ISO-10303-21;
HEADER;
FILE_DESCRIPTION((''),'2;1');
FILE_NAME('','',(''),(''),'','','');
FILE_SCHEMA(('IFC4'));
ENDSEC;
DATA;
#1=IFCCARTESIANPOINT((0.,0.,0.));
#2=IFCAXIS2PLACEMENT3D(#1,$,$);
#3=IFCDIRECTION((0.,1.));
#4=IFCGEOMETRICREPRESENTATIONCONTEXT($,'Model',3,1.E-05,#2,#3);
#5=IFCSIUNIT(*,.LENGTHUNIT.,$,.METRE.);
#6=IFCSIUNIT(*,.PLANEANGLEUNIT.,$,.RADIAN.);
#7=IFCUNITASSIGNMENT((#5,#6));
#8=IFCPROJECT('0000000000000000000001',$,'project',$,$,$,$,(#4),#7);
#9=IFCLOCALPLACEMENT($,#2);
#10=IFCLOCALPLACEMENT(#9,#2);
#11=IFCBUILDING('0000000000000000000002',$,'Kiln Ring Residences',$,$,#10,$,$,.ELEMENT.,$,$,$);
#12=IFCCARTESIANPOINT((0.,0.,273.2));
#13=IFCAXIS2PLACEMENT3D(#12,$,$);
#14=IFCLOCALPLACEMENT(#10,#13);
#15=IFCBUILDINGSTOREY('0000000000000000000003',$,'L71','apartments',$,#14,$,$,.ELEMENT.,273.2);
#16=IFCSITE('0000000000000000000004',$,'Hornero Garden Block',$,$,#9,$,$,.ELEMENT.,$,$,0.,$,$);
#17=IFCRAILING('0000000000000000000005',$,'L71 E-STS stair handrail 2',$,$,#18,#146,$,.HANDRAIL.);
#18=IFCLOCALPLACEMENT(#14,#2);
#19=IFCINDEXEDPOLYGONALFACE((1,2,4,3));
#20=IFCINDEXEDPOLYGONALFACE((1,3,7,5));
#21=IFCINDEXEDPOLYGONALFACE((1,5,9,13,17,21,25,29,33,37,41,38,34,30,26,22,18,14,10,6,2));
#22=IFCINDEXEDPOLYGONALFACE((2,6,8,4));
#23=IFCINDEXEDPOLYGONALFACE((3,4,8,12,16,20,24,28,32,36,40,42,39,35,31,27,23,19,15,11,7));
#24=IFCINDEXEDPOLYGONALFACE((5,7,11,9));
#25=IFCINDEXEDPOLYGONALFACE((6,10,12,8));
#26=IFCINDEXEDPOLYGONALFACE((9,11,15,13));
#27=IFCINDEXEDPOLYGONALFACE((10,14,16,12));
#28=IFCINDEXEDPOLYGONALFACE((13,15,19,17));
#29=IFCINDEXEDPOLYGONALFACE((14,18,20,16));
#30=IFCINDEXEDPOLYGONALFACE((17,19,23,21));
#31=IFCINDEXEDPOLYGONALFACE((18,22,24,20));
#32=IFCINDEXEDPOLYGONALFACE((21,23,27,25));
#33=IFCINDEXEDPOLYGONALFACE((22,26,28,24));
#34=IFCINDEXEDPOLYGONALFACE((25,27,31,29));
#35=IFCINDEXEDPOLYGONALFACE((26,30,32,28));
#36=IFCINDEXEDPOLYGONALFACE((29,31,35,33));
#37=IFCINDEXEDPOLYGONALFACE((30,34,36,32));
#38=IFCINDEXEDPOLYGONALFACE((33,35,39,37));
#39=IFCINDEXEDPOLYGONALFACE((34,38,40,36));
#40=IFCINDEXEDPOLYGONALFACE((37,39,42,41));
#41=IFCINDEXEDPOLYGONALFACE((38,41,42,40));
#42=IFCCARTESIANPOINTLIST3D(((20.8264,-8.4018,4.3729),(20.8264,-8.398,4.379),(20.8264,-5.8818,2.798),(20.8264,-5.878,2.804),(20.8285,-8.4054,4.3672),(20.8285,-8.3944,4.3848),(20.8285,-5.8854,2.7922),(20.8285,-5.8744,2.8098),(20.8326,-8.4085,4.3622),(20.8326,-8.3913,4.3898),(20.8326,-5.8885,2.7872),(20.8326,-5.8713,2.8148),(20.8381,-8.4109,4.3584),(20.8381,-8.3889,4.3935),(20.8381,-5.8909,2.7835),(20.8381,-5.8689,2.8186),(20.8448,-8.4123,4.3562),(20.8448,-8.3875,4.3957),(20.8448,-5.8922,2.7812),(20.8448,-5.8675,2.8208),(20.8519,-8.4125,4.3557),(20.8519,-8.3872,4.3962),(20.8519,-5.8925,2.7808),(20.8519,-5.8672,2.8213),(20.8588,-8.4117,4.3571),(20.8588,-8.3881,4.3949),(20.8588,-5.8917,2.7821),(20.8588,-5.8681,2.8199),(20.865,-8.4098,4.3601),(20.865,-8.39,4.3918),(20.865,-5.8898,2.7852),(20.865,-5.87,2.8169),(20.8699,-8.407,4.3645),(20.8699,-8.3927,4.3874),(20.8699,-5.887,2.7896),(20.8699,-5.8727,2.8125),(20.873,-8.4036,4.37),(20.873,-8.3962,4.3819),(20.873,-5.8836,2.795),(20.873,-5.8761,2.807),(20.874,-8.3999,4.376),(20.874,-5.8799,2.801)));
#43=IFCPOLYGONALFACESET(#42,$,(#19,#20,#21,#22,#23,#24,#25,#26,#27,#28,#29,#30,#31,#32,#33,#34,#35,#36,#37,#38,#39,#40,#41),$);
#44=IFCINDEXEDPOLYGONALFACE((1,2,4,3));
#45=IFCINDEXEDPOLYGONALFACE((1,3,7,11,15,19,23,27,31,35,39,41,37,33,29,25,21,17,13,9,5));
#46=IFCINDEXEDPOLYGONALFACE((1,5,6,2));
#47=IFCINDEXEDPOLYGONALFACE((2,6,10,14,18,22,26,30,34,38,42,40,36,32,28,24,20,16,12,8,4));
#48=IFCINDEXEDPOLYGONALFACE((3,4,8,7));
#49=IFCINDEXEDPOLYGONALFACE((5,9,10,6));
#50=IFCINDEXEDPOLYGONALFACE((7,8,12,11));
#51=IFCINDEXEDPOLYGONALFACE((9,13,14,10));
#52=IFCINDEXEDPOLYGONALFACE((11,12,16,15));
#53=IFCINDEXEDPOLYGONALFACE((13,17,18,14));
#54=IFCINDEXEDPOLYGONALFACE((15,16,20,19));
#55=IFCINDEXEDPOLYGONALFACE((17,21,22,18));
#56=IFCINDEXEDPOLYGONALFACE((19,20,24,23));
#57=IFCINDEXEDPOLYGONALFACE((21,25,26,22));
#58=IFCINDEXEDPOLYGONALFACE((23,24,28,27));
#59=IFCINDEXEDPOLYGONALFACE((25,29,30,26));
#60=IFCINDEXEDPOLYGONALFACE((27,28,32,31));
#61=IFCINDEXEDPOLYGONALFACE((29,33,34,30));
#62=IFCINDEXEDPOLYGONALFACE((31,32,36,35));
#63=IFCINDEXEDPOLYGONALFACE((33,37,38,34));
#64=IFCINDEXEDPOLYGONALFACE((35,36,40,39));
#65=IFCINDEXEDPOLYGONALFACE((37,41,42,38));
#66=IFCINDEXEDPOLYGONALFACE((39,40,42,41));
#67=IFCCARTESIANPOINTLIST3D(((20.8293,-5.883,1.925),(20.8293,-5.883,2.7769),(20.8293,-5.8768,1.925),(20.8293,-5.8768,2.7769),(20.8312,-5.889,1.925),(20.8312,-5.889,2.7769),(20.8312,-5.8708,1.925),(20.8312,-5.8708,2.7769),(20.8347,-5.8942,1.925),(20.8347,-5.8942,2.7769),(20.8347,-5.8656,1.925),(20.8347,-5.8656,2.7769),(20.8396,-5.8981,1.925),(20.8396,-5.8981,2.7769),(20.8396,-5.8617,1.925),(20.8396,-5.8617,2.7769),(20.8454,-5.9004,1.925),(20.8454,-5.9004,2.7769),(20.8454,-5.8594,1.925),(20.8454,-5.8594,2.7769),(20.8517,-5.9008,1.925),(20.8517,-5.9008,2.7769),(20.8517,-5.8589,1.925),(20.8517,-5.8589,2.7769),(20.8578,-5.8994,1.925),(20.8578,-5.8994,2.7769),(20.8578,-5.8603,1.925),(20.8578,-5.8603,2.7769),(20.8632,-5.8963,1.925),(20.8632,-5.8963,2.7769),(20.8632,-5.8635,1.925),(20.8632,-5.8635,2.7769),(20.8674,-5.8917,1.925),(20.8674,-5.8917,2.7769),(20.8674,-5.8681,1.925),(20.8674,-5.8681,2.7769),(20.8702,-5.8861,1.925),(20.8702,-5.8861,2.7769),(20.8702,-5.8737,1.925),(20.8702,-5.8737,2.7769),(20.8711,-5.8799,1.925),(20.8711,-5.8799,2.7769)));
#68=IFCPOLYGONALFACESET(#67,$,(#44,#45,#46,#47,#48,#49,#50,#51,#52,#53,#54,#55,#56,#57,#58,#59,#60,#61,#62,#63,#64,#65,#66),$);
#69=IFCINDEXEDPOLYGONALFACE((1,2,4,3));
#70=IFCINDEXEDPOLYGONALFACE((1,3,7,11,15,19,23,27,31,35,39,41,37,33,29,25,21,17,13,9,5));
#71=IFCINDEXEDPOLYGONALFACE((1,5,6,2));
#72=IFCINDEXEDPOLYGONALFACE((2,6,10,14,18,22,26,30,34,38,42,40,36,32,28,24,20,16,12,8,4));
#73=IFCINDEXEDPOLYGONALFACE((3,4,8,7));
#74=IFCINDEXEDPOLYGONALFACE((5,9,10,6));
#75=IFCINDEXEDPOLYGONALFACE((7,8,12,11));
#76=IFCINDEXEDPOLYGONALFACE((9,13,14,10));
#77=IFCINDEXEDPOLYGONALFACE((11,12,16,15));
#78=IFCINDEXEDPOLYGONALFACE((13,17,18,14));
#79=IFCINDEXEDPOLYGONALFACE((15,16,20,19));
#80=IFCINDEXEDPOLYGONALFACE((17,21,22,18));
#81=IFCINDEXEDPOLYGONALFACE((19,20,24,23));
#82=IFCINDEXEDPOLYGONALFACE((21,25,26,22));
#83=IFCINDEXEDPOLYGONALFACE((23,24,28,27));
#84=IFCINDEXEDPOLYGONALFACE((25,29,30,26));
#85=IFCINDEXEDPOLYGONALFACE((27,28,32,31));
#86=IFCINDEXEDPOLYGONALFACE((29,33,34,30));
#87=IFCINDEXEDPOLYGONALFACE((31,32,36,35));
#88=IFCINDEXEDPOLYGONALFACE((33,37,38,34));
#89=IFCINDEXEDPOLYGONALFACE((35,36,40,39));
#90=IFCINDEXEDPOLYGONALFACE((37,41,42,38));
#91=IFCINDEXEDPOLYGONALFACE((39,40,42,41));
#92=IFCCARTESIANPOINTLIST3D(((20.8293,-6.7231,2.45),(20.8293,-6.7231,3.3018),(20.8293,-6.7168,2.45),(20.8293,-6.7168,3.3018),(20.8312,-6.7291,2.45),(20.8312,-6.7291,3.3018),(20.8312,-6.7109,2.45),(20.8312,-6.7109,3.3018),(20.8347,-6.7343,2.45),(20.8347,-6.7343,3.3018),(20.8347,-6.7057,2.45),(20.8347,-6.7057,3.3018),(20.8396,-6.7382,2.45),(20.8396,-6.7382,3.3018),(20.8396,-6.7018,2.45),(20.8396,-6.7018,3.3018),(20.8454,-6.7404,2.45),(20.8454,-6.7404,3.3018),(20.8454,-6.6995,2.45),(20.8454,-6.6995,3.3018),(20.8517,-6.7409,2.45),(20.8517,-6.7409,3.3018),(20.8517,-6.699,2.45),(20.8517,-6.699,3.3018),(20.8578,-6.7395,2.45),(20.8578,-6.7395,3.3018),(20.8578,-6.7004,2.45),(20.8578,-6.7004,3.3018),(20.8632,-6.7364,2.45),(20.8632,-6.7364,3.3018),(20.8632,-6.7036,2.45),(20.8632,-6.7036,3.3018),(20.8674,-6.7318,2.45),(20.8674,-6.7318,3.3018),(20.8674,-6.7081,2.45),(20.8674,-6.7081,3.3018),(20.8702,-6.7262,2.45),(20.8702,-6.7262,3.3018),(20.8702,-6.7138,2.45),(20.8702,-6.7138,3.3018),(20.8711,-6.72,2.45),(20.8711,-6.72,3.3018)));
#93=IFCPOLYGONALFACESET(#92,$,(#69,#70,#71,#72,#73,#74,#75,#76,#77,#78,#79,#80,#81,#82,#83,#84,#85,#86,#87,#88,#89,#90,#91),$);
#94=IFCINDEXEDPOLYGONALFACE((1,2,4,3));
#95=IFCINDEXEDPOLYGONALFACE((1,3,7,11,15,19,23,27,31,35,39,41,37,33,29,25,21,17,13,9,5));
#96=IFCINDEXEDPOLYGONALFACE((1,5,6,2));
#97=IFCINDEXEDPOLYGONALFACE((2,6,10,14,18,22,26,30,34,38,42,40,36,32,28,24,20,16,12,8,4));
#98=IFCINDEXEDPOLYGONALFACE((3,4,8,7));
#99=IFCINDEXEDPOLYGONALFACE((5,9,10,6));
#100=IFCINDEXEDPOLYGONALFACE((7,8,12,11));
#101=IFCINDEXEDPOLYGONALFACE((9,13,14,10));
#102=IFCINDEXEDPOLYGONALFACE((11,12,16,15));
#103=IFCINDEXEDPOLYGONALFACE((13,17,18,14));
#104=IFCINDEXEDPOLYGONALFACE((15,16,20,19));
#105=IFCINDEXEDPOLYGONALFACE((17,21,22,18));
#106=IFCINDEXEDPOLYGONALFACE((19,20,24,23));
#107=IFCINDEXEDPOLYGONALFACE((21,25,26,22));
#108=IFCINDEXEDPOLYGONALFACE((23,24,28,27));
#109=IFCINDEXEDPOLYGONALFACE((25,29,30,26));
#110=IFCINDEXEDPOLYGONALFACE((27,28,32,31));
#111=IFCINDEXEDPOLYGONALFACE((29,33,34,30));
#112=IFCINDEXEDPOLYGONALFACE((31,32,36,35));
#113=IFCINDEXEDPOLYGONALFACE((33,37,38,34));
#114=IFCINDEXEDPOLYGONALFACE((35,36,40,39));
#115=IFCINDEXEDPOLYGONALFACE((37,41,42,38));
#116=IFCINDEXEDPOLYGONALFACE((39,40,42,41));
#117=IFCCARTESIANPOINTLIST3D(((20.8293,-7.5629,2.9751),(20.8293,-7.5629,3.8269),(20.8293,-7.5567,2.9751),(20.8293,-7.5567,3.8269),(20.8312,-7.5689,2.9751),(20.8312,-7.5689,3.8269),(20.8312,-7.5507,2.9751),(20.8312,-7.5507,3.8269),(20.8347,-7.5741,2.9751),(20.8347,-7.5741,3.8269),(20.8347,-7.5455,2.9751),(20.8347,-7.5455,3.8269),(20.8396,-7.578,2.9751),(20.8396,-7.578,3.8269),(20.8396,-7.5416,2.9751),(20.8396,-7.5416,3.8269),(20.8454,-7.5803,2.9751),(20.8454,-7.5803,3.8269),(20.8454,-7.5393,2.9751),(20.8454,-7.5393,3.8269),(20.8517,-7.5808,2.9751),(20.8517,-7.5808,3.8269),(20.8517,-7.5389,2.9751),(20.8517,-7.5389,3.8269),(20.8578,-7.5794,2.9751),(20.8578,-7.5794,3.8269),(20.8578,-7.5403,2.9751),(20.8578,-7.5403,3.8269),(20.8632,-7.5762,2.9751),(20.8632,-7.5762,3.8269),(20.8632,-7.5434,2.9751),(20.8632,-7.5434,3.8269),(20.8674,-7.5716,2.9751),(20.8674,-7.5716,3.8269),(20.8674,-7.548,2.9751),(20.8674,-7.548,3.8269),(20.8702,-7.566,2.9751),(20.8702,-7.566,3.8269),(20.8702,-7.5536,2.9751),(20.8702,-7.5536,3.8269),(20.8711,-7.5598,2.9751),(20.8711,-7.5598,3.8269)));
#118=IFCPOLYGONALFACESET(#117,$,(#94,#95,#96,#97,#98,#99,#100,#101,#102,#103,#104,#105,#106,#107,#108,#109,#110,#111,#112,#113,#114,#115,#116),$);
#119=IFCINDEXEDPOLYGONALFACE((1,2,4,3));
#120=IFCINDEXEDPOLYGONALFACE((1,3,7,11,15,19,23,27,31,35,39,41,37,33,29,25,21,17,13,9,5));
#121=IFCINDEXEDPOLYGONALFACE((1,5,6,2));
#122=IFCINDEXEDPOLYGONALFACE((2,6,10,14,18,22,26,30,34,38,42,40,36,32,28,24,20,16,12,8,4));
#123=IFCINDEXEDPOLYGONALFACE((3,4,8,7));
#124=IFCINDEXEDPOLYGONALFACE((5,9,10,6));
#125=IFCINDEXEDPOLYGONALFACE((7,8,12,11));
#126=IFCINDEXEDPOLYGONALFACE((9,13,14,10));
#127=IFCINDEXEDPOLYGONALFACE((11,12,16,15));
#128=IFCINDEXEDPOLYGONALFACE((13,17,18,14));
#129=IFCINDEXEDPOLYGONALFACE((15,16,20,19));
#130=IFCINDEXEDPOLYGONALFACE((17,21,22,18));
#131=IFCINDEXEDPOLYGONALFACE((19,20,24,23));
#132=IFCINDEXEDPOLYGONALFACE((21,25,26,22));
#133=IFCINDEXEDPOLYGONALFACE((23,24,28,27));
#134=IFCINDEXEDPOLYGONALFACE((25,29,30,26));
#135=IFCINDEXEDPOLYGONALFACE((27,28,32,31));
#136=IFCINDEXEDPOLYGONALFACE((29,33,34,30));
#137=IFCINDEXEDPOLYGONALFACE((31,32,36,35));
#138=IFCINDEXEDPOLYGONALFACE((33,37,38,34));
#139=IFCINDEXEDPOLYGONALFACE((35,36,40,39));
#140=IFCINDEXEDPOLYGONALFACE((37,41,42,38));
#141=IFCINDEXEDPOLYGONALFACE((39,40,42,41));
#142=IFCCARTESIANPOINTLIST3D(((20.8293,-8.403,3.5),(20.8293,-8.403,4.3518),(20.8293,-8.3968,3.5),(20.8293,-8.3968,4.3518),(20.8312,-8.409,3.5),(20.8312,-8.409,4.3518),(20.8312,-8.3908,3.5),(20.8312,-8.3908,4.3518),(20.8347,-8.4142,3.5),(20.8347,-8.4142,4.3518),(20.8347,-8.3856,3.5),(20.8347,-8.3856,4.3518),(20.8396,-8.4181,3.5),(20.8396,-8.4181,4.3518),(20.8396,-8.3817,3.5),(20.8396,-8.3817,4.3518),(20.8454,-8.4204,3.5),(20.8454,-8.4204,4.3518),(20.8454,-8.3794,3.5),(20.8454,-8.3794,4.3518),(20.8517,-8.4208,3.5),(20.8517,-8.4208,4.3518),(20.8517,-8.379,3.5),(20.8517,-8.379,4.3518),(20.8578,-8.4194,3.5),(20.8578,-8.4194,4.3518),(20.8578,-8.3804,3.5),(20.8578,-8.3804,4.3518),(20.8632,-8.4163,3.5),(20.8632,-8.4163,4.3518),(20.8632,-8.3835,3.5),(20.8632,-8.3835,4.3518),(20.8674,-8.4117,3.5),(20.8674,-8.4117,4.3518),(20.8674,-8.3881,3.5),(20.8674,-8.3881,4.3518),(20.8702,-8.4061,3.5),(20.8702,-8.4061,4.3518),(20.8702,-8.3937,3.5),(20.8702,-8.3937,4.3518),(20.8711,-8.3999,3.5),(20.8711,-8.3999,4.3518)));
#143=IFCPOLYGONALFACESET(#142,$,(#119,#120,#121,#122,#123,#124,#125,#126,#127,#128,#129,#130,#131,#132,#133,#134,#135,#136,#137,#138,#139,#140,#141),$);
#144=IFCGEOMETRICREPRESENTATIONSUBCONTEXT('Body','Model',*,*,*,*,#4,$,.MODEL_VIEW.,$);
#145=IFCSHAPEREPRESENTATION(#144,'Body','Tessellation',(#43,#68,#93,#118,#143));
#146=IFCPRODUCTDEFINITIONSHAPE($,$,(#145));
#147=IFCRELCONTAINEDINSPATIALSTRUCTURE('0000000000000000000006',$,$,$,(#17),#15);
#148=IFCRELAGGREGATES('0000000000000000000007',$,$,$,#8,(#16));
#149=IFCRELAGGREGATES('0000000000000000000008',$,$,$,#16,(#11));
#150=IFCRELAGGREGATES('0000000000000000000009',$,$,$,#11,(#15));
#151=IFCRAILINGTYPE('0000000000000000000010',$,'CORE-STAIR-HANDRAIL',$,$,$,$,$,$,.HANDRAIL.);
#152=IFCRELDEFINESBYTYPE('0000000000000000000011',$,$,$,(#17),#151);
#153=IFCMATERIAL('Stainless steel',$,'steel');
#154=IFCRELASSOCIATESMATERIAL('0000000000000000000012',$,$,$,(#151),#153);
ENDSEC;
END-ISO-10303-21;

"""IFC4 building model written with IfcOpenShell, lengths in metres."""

from ifc_helpers import new_model, si_unit, direction, frame, origin, origin_2d, place, context, subcontext, project, spatial, circle, extrude, material, type_object, element, save


model = new_model("IFC4")

# Units and contexts
model_context = context("Model", 3, precision=1e-05, world=origin(), true_north=direction((0.0, 1.0)))
body_context = subcontext(model_context, "Body", "Model", "MODEL_VIEW")
ifc_project = project(units=[si_unit("LENGTHUNIT", "METRE"), si_unit("PLANEANGLEUNIT", "RADIAN")], contexts=[model_context])

# Site, building, storey
site_placement = place(None, origin())
site = spatial("IfcSite", under=ifc_project, at=site_placement, Name="Hornero Garden Block", CompositionType="ELEMENT", RefElevation=0.0)
building_placement = place(site_placement, origin())
building = spatial("IfcBuilding", under=site, at=building_placement, Name="Kiln Ring Residences", CompositionType="ELEMENT")
storey_placement = place(building_placement, frame((0.0, 0.0, 273.2)))
storey = spatial("IfcBuildingStorey", under=building, at=storey_placement, Name="L71", Description="apartments", CompositionType="ELEMENT", Elevation=273.2)

# Railing
ifc_material_1 = material(Name="Stainless steel", Category="steel")
railing_type_1 = type_object("IfcRailingType", Name="CORE-STAIR-HANDRAIL", PredefinedType="HANDRAIL", material=ifc_material_1)
railing_1_placement = place(storey_placement, frame((20.8501, -5.8799, 1.925)))
element("IfcRailing", 1, at=railing_1_placement, inside=storey, type_object=railing_type_1, Name="L71 E-STS stair handrail 2", PredefinedType="HANDRAIL", context=body_context, shape_type="SweptSolid", body=[
    extrude(circle(Radius=0.0239, at=origin_2d()), frame((0.0, 0.0, 0.876), z_axis=(0.0, -0.848008, 0.529984), x_axis=(1.0, 0.0, 0.0)), (0.0, 0.0, 1.0), 2.9717),
    extrude(circle(Radius=0.021, at=origin_2d()), origin(), (0.0, 0.0, 1.0), 0.8518),
    extrude(circle(Radius=0.021, at=origin_2d()), frame((0.0, -0.8401, 0.5249)), (0.0, 0.0, 1.0), 0.8518),
    extrude(circle(Radius=0.021, at=origin_2d()), frame((0.0, -1.6799, 1.05)), (0.0, 0.0, 1.0), 0.8518),
    extrude(circle(Radius=0.021, at=origin_2d()), frame((0.0, -2.52, 1.575)), (0.0, 0.0, 1.0), 0.8518),
])

save(model, "model.ifc")
